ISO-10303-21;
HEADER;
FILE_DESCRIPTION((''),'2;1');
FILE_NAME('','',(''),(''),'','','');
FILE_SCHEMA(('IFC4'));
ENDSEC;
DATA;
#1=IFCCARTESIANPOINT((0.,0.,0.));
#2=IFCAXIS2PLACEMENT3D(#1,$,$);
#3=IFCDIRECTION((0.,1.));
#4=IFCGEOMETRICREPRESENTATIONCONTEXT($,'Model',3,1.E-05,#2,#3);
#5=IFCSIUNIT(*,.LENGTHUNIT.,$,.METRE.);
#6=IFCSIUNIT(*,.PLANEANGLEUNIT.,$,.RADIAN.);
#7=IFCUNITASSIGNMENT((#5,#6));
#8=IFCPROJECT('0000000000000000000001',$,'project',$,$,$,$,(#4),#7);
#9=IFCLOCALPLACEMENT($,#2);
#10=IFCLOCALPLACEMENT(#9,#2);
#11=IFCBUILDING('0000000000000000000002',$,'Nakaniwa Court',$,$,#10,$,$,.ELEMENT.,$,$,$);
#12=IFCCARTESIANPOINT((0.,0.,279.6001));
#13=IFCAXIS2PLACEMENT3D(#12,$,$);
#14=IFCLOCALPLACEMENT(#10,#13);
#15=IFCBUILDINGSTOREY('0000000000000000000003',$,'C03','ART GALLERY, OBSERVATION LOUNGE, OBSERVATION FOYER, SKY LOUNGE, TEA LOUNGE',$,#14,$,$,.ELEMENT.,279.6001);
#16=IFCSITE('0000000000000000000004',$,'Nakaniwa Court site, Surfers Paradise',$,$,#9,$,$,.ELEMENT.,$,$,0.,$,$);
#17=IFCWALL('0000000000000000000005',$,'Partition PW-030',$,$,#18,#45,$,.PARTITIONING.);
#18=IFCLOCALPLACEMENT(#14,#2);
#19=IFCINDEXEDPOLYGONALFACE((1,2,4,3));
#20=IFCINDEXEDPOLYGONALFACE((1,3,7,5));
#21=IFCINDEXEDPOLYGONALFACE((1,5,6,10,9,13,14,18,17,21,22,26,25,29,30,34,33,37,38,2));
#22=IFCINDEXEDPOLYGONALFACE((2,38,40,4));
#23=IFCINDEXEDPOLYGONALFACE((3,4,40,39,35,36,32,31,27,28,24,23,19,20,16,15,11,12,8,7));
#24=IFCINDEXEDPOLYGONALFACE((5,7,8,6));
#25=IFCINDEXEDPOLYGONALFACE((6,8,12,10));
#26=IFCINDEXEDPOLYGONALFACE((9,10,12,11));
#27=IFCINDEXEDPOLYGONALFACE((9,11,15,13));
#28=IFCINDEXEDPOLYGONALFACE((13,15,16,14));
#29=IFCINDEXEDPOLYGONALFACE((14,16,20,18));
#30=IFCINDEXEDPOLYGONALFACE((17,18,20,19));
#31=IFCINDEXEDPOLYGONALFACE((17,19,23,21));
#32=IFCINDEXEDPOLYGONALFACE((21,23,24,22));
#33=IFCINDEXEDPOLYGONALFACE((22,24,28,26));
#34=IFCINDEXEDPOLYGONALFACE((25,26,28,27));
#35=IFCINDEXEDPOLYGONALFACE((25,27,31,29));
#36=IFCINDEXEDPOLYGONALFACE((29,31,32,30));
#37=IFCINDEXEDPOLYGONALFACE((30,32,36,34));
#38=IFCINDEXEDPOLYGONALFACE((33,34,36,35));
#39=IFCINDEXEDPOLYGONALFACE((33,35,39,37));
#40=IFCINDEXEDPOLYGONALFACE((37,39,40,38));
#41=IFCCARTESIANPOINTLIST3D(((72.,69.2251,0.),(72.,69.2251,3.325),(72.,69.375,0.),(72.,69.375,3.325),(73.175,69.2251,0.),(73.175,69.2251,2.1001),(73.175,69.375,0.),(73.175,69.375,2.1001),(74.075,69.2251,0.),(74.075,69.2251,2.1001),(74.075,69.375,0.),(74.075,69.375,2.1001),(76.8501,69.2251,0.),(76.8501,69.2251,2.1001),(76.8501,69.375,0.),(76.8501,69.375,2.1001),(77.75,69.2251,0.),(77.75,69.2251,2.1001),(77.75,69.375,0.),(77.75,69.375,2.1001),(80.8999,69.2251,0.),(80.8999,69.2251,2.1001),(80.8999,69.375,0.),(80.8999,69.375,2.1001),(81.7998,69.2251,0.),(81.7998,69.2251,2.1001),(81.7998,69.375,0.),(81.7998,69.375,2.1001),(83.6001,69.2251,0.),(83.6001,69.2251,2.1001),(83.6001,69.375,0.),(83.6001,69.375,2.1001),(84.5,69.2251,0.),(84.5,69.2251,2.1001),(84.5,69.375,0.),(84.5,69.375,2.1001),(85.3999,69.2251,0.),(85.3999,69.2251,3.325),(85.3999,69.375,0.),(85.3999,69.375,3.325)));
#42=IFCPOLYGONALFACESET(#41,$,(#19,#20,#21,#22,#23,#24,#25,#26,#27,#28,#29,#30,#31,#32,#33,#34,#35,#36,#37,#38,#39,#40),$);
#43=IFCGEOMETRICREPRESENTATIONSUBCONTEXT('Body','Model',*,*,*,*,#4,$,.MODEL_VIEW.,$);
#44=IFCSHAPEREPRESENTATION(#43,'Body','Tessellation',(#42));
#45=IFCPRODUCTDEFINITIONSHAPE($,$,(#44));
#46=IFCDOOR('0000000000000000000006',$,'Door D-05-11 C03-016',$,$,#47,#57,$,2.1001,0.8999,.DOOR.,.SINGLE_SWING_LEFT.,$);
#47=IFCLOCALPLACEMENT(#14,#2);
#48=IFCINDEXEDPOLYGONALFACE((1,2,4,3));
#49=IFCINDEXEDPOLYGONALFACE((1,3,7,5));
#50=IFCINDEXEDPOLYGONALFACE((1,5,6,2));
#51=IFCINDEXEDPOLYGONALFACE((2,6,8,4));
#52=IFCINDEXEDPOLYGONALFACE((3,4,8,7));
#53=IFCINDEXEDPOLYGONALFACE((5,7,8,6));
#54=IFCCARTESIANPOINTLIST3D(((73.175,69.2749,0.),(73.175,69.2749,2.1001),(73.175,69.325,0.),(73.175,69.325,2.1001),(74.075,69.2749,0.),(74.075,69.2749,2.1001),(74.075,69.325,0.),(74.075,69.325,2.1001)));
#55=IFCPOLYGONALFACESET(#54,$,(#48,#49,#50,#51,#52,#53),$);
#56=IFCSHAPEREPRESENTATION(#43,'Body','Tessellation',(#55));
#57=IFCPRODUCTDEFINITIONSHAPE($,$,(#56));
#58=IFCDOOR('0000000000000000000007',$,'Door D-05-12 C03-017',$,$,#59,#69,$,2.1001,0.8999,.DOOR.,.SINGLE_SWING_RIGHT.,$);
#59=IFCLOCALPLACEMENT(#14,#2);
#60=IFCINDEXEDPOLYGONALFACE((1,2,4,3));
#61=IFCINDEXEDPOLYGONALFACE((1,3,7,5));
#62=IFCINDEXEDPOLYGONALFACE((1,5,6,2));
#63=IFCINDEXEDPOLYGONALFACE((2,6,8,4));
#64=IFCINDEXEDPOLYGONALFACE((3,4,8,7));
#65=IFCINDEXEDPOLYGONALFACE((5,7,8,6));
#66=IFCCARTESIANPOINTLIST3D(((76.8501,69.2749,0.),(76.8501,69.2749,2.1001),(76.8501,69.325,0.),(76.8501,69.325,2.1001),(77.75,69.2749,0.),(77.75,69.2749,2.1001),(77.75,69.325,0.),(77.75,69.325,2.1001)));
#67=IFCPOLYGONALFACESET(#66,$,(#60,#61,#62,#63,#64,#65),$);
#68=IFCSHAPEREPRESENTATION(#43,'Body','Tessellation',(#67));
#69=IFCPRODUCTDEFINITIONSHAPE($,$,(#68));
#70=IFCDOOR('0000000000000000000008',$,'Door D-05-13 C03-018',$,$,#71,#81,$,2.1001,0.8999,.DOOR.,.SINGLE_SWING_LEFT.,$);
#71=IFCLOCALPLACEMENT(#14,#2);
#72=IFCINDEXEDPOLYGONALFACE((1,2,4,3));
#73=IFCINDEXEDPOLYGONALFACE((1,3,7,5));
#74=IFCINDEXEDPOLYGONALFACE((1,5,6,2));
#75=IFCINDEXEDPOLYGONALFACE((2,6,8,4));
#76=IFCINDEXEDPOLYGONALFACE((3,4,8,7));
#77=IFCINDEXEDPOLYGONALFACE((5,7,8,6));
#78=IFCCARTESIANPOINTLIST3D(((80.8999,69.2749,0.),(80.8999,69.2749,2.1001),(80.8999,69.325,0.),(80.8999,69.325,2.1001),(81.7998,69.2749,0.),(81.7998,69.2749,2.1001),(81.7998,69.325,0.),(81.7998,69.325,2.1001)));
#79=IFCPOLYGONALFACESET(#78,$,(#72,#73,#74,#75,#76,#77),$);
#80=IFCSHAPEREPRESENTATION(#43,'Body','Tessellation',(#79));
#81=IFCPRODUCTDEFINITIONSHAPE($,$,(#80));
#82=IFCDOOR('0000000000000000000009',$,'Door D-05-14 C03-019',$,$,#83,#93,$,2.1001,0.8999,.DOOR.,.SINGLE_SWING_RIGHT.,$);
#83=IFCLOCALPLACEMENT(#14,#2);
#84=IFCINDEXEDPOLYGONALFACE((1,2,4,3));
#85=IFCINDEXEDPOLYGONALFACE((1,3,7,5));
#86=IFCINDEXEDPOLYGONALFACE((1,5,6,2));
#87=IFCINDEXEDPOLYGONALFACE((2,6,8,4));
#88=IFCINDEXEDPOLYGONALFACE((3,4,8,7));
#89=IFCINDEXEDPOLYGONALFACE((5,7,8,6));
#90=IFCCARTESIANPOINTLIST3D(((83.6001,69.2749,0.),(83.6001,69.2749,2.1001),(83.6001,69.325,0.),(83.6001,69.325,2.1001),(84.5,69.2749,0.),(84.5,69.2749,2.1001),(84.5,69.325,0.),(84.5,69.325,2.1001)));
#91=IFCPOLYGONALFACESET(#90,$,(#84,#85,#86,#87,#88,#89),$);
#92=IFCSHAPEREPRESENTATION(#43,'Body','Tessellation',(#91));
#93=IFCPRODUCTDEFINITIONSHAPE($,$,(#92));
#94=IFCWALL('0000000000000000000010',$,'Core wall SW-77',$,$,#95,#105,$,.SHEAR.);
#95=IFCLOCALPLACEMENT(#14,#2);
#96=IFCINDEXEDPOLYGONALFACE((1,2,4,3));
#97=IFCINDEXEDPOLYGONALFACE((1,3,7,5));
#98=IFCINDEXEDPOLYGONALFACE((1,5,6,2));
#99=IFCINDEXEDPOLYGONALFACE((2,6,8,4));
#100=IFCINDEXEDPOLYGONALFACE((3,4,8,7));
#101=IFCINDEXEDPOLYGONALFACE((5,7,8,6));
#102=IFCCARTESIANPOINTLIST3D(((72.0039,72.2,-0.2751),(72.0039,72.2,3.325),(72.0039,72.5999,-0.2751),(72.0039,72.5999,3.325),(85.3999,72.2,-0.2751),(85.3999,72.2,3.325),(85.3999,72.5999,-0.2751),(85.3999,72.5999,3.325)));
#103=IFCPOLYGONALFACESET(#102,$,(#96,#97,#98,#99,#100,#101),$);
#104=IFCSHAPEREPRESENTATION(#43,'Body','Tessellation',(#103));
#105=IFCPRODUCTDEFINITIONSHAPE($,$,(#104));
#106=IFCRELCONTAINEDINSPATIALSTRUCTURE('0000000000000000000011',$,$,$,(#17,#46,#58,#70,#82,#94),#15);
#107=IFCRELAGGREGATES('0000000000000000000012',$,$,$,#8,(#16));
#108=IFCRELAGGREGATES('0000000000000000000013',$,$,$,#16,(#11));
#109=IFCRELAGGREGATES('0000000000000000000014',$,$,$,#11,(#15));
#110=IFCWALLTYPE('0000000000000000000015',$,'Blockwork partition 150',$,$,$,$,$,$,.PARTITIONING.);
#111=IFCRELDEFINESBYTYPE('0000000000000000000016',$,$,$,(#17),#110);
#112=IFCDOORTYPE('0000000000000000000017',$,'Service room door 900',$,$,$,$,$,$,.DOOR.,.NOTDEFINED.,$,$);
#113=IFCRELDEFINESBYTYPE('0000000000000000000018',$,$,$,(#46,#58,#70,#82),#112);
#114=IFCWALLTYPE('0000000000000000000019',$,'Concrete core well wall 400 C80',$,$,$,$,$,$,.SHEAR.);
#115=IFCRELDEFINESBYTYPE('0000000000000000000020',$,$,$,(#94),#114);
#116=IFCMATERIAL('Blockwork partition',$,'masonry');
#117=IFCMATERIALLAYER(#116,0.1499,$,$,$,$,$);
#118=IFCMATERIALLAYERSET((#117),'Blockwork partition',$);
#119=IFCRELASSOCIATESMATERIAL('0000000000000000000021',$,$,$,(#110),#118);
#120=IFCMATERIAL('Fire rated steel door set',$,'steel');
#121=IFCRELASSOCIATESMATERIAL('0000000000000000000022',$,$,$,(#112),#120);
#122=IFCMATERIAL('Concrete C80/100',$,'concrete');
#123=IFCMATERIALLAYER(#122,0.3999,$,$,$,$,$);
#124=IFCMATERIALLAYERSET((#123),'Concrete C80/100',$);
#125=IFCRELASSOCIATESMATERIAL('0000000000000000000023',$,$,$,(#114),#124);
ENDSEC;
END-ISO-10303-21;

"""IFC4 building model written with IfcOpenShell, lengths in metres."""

from ifc_helpers import new_model, si_unit, direction, frame, frame_2d, origin, place, context, subcontext, project, spatial, rectangle, extrude, material, layer, layer_set, type_object, element, fill, save


model = new_model("IFC4")

# Units and contexts
model_context = context("Model", 3, precision=1e-05, world=origin(), true_north=direction((0.0, 1.0)))
body_context = subcontext(model_context, "Body", "Model", "MODEL_VIEW")
ifc_project = project(units=[si_unit("LENGTHUNIT", "METRE"), si_unit("PLANEANGLEUNIT", "RADIAN")], contexts=[model_context])

# Site, building, storey
site_placement = place(None, origin())
site = spatial("IfcSite", under=ifc_project, at=site_placement, Name="Nakaniwa Court site, Surfers Paradise", CompositionType="ELEMENT", RefElevation=0.0)
building_placement = place(site_placement, origin())
building = spatial("IfcBuilding", under=site, at=building_placement, Name="Nakaniwa Court", CompositionType="ELEMENT")
storey_placement = place(building_placement, frame((0.0, 0.0, 279.6001)))
storey = spatial("IfcBuildingStorey", under=building, at=storey_placement, Name="C03", Description="ART GALLERY, OBSERVATION LOUNGE, OBSERVATION FOYER, SKY LOUNGE, TEA LOUNGE", CompositionType="ELEMENT", Elevation=279.6001)

# Shared definitions
ifc_material_1 = material(Name="Concrete C80/100", Category="concrete")

# Wall, openings, doors
ifc_material_2 = material(Name="Blockwork partition", Category="masonry")
ifc_layer_1 = layer(ifc_material_2, 0.1499)
ifc_layer_set_1 = layer_set([ifc_layer_1], Name="Blockwork partition")
wall_type_1 = type_object("IfcWallType", Name="Blockwork partition 150", PredefinedType="PARTITIONING", material=ifc_layer_set_1)
wall_1_placement = place(storey_placement, frame((72.0, 69.3, 0.0), z_axis=(0.0, 0.0, 1.0), x_axis=(1.0, 0.0, 0.0)))
wall_1 = element("IfcWall", 1, at=wall_1_placement, inside=storey, type_object=wall_type_1, Name="Partition PW-030", PredefinedType="PARTITIONING", context=body_context, shape_type="SweptSolid", body=[
    extrude(rectangle(XDim=13.3999, YDim=0.1499, at=frame_2d((6.7, 0.0))), origin(), (0.0, 0.0, 1.0), 3.325),
])
opening_1_placement = place(wall_1_placement, frame((1.175, 0.0, 0.0)))
opening_1 = element("IfcOpeningElement", 2, at=opening_1_placement, cuts=wall_1, PredefinedType="OPENING", context=body_context, shape_type="SweptSolid", body=[
    extrude(rectangle(XDim=0.8999, YDim=2.1001, at=frame_2d((0.45, 1.05))), frame((0.0, 0.085, 0.0), z_axis=(0.0, -1.0, 0.0), x_axis=(1.0, 0.0, 0.0)), (0.0, 0.0, 1.0), 0.1699),
])
opening_2_placement = place(wall_1_placement, frame((4.8501, 0.0, 0.0)))
opening_2 = element("IfcOpeningElement", 3, at=opening_2_placement, cuts=wall_1, PredefinedType="OPENING", context=body_context, shape_type="SweptSolid", body=[
    extrude(rectangle(XDim=0.8999, YDim=2.1001, at=frame_2d((0.45, 1.05))), frame((0.0, 0.085, 0.0), z_axis=(0.0, -1.0, 0.0), x_axis=(1.0, 0.0, 0.0)), (0.0, 0.0, 1.0), 0.1699),
])
opening_3_placement = place(wall_1_placement, frame((8.8999, 0.0, 0.0)))
opening_3 = element("IfcOpeningElement", 4, at=opening_3_placement, cuts=wall_1, PredefinedType="OPENING", context=body_context, shape_type="SweptSolid", body=[
    extrude(rectangle(XDim=0.8999, YDim=2.1001, at=frame_2d((0.45, 1.05))), frame((0.0, 0.085, 0.0), z_axis=(0.0, -1.0, 0.0), x_axis=(1.0, 0.0, 0.0)), (0.0, 0.0, 1.0), 0.1699),
])
opening_4_placement = place(wall_1_placement, frame((11.6001, 0.0, 0.0)))
opening_4 = element("IfcOpeningElement", 5, at=opening_4_placement, cuts=wall_1, PredefinedType="OPENING", context=body_context, shape_type="SweptSolid", body=[
    extrude(rectangle(XDim=0.8999, YDim=2.1001, at=frame_2d((0.45, 1.05))), frame((0.0, 0.085, 0.0), z_axis=(0.0, -1.0, 0.0), x_axis=(1.0, 0.0, 0.0)), (0.0, 0.0, 1.0), 0.1699),
])
ifc_material_3 = material(Name="Fire rated steel door set", Category="steel")
door_type_1 = type_object("IfcDoorType", Name="Service room door 900", OperationType="NOTDEFINED", PredefinedType="DOOR", material=ifc_material_3)
door_1_placement = place(opening_1_placement, origin())
door_1 = element("IfcDoor", 6, at=door_1_placement, inside=storey, type_object=door_type_1, Name="Door D-05-11 C03-016", OperationType="SINGLE_SWING_LEFT", OverallHeight=2.1001, OverallWidth=0.8999, PredefinedType="DOOR", context=body_context, shape_type="SweptSolid", body=[
    extrude(rectangle(XDim=0.8999, YDim=2.1001, at=frame_2d((0.45, 1.05))), frame((0.0, 0.0249, 0.0), z_axis=(0.0, -1.0, 0.0), x_axis=(1.0, 0.0, 0.0)), (0.0, 0.0, 1.0), 0.05),
])
fill(opening_1, door_1)
door_2_placement = place(opening_2_placement, origin())
door_2 = element("IfcDoor", 7, at=door_2_placement, inside=storey, type_object=door_type_1, Name="Door D-05-12 C03-017", OperationType="SINGLE_SWING_RIGHT", OverallHeight=2.1001, OverallWidth=0.8999, PredefinedType="DOOR", context=body_context, shape_type="SweptSolid", body=[
    extrude(rectangle(XDim=0.8999, YDim=2.1001, at=frame_2d((0.45, 1.05))), frame((0.0, 0.0249, 0.0), z_axis=(0.0, -1.0, 0.0), x_axis=(1.0, 0.0, 0.0)), (0.0, 0.0, 1.0), 0.05),
])
fill(opening_2, door_2)
door_3_placement = place(opening_3_placement, origin())
door_3 = element("IfcDoor", 8, at=door_3_placement, inside=storey, type_object=door_type_1, Name="Door D-05-13 C03-018", OperationType="SINGLE_SWING_LEFT", OverallHeight=2.1001, OverallWidth=0.8999, PredefinedType="DOOR", context=body_context, shape_type="SweptSolid", body=[
    extrude(rectangle(XDim=0.8999, YDim=2.1001, at=frame_2d((0.45, 1.05))), frame((0.0, 0.0249, 0.0), z_axis=(0.0, -1.0, 0.0), x_axis=(1.0, 0.0, 0.0)), (0.0, 0.0, 1.0), 0.05),
])
fill(opening_3, door_3)
door_4_placement = place(opening_4_placement, origin())
door_4 = element("IfcDoor", 9, at=door_4_placement, inside=storey, type_object=door_type_1, Name="Door D-05-14 C03-019", OperationType="SINGLE_SWING_RIGHT", OverallHeight=2.1001, OverallWidth=0.8999, PredefinedType="DOOR", context=body_context, shape_type="SweptSolid", body=[
    extrude(rectangle(XDim=0.8999, YDim=2.1001, at=frame_2d((0.45, 1.05))), frame((0.0, 0.0249, 0.0), z_axis=(0.0, -1.0, 0.0), x_axis=(1.0, 0.0, 0.0)), (0.0, 0.0, 1.0), 0.05),
])
fill(opening_4, door_4)

# Wall
ifc_layer_2 = layer(ifc_material_1, 0.3999)
ifc_layer_set_2 = layer_set([ifc_layer_2], Name="Concrete C80/100")
wall_type_2 = type_object("IfcWallType", Name="Concrete core well wall 400 C80", PredefinedType="SHEAR", material=ifc_layer_set_2)
wall_2_placement = place(storey_placement, frame((72.0039, 72.3999, -0.2751), z_axis=(0.0, 0.0, 1.0), x_axis=(1.0, 0.0, 0.0)))
element("IfcWall", 10, at=wall_2_placement, inside=storey, type_object=wall_type_2, Name="Core wall SW-77", PredefinedType="SHEAR", context=body_context, shape_type="SweptSolid", body=[
    extrude(rectangle(XDim=13.396, YDim=0.3999, at=frame_2d((6.698, 0.0))), origin(), (0.0, 0.0, 1.0), 3.6001),
])

save(model, "model.ifc")
